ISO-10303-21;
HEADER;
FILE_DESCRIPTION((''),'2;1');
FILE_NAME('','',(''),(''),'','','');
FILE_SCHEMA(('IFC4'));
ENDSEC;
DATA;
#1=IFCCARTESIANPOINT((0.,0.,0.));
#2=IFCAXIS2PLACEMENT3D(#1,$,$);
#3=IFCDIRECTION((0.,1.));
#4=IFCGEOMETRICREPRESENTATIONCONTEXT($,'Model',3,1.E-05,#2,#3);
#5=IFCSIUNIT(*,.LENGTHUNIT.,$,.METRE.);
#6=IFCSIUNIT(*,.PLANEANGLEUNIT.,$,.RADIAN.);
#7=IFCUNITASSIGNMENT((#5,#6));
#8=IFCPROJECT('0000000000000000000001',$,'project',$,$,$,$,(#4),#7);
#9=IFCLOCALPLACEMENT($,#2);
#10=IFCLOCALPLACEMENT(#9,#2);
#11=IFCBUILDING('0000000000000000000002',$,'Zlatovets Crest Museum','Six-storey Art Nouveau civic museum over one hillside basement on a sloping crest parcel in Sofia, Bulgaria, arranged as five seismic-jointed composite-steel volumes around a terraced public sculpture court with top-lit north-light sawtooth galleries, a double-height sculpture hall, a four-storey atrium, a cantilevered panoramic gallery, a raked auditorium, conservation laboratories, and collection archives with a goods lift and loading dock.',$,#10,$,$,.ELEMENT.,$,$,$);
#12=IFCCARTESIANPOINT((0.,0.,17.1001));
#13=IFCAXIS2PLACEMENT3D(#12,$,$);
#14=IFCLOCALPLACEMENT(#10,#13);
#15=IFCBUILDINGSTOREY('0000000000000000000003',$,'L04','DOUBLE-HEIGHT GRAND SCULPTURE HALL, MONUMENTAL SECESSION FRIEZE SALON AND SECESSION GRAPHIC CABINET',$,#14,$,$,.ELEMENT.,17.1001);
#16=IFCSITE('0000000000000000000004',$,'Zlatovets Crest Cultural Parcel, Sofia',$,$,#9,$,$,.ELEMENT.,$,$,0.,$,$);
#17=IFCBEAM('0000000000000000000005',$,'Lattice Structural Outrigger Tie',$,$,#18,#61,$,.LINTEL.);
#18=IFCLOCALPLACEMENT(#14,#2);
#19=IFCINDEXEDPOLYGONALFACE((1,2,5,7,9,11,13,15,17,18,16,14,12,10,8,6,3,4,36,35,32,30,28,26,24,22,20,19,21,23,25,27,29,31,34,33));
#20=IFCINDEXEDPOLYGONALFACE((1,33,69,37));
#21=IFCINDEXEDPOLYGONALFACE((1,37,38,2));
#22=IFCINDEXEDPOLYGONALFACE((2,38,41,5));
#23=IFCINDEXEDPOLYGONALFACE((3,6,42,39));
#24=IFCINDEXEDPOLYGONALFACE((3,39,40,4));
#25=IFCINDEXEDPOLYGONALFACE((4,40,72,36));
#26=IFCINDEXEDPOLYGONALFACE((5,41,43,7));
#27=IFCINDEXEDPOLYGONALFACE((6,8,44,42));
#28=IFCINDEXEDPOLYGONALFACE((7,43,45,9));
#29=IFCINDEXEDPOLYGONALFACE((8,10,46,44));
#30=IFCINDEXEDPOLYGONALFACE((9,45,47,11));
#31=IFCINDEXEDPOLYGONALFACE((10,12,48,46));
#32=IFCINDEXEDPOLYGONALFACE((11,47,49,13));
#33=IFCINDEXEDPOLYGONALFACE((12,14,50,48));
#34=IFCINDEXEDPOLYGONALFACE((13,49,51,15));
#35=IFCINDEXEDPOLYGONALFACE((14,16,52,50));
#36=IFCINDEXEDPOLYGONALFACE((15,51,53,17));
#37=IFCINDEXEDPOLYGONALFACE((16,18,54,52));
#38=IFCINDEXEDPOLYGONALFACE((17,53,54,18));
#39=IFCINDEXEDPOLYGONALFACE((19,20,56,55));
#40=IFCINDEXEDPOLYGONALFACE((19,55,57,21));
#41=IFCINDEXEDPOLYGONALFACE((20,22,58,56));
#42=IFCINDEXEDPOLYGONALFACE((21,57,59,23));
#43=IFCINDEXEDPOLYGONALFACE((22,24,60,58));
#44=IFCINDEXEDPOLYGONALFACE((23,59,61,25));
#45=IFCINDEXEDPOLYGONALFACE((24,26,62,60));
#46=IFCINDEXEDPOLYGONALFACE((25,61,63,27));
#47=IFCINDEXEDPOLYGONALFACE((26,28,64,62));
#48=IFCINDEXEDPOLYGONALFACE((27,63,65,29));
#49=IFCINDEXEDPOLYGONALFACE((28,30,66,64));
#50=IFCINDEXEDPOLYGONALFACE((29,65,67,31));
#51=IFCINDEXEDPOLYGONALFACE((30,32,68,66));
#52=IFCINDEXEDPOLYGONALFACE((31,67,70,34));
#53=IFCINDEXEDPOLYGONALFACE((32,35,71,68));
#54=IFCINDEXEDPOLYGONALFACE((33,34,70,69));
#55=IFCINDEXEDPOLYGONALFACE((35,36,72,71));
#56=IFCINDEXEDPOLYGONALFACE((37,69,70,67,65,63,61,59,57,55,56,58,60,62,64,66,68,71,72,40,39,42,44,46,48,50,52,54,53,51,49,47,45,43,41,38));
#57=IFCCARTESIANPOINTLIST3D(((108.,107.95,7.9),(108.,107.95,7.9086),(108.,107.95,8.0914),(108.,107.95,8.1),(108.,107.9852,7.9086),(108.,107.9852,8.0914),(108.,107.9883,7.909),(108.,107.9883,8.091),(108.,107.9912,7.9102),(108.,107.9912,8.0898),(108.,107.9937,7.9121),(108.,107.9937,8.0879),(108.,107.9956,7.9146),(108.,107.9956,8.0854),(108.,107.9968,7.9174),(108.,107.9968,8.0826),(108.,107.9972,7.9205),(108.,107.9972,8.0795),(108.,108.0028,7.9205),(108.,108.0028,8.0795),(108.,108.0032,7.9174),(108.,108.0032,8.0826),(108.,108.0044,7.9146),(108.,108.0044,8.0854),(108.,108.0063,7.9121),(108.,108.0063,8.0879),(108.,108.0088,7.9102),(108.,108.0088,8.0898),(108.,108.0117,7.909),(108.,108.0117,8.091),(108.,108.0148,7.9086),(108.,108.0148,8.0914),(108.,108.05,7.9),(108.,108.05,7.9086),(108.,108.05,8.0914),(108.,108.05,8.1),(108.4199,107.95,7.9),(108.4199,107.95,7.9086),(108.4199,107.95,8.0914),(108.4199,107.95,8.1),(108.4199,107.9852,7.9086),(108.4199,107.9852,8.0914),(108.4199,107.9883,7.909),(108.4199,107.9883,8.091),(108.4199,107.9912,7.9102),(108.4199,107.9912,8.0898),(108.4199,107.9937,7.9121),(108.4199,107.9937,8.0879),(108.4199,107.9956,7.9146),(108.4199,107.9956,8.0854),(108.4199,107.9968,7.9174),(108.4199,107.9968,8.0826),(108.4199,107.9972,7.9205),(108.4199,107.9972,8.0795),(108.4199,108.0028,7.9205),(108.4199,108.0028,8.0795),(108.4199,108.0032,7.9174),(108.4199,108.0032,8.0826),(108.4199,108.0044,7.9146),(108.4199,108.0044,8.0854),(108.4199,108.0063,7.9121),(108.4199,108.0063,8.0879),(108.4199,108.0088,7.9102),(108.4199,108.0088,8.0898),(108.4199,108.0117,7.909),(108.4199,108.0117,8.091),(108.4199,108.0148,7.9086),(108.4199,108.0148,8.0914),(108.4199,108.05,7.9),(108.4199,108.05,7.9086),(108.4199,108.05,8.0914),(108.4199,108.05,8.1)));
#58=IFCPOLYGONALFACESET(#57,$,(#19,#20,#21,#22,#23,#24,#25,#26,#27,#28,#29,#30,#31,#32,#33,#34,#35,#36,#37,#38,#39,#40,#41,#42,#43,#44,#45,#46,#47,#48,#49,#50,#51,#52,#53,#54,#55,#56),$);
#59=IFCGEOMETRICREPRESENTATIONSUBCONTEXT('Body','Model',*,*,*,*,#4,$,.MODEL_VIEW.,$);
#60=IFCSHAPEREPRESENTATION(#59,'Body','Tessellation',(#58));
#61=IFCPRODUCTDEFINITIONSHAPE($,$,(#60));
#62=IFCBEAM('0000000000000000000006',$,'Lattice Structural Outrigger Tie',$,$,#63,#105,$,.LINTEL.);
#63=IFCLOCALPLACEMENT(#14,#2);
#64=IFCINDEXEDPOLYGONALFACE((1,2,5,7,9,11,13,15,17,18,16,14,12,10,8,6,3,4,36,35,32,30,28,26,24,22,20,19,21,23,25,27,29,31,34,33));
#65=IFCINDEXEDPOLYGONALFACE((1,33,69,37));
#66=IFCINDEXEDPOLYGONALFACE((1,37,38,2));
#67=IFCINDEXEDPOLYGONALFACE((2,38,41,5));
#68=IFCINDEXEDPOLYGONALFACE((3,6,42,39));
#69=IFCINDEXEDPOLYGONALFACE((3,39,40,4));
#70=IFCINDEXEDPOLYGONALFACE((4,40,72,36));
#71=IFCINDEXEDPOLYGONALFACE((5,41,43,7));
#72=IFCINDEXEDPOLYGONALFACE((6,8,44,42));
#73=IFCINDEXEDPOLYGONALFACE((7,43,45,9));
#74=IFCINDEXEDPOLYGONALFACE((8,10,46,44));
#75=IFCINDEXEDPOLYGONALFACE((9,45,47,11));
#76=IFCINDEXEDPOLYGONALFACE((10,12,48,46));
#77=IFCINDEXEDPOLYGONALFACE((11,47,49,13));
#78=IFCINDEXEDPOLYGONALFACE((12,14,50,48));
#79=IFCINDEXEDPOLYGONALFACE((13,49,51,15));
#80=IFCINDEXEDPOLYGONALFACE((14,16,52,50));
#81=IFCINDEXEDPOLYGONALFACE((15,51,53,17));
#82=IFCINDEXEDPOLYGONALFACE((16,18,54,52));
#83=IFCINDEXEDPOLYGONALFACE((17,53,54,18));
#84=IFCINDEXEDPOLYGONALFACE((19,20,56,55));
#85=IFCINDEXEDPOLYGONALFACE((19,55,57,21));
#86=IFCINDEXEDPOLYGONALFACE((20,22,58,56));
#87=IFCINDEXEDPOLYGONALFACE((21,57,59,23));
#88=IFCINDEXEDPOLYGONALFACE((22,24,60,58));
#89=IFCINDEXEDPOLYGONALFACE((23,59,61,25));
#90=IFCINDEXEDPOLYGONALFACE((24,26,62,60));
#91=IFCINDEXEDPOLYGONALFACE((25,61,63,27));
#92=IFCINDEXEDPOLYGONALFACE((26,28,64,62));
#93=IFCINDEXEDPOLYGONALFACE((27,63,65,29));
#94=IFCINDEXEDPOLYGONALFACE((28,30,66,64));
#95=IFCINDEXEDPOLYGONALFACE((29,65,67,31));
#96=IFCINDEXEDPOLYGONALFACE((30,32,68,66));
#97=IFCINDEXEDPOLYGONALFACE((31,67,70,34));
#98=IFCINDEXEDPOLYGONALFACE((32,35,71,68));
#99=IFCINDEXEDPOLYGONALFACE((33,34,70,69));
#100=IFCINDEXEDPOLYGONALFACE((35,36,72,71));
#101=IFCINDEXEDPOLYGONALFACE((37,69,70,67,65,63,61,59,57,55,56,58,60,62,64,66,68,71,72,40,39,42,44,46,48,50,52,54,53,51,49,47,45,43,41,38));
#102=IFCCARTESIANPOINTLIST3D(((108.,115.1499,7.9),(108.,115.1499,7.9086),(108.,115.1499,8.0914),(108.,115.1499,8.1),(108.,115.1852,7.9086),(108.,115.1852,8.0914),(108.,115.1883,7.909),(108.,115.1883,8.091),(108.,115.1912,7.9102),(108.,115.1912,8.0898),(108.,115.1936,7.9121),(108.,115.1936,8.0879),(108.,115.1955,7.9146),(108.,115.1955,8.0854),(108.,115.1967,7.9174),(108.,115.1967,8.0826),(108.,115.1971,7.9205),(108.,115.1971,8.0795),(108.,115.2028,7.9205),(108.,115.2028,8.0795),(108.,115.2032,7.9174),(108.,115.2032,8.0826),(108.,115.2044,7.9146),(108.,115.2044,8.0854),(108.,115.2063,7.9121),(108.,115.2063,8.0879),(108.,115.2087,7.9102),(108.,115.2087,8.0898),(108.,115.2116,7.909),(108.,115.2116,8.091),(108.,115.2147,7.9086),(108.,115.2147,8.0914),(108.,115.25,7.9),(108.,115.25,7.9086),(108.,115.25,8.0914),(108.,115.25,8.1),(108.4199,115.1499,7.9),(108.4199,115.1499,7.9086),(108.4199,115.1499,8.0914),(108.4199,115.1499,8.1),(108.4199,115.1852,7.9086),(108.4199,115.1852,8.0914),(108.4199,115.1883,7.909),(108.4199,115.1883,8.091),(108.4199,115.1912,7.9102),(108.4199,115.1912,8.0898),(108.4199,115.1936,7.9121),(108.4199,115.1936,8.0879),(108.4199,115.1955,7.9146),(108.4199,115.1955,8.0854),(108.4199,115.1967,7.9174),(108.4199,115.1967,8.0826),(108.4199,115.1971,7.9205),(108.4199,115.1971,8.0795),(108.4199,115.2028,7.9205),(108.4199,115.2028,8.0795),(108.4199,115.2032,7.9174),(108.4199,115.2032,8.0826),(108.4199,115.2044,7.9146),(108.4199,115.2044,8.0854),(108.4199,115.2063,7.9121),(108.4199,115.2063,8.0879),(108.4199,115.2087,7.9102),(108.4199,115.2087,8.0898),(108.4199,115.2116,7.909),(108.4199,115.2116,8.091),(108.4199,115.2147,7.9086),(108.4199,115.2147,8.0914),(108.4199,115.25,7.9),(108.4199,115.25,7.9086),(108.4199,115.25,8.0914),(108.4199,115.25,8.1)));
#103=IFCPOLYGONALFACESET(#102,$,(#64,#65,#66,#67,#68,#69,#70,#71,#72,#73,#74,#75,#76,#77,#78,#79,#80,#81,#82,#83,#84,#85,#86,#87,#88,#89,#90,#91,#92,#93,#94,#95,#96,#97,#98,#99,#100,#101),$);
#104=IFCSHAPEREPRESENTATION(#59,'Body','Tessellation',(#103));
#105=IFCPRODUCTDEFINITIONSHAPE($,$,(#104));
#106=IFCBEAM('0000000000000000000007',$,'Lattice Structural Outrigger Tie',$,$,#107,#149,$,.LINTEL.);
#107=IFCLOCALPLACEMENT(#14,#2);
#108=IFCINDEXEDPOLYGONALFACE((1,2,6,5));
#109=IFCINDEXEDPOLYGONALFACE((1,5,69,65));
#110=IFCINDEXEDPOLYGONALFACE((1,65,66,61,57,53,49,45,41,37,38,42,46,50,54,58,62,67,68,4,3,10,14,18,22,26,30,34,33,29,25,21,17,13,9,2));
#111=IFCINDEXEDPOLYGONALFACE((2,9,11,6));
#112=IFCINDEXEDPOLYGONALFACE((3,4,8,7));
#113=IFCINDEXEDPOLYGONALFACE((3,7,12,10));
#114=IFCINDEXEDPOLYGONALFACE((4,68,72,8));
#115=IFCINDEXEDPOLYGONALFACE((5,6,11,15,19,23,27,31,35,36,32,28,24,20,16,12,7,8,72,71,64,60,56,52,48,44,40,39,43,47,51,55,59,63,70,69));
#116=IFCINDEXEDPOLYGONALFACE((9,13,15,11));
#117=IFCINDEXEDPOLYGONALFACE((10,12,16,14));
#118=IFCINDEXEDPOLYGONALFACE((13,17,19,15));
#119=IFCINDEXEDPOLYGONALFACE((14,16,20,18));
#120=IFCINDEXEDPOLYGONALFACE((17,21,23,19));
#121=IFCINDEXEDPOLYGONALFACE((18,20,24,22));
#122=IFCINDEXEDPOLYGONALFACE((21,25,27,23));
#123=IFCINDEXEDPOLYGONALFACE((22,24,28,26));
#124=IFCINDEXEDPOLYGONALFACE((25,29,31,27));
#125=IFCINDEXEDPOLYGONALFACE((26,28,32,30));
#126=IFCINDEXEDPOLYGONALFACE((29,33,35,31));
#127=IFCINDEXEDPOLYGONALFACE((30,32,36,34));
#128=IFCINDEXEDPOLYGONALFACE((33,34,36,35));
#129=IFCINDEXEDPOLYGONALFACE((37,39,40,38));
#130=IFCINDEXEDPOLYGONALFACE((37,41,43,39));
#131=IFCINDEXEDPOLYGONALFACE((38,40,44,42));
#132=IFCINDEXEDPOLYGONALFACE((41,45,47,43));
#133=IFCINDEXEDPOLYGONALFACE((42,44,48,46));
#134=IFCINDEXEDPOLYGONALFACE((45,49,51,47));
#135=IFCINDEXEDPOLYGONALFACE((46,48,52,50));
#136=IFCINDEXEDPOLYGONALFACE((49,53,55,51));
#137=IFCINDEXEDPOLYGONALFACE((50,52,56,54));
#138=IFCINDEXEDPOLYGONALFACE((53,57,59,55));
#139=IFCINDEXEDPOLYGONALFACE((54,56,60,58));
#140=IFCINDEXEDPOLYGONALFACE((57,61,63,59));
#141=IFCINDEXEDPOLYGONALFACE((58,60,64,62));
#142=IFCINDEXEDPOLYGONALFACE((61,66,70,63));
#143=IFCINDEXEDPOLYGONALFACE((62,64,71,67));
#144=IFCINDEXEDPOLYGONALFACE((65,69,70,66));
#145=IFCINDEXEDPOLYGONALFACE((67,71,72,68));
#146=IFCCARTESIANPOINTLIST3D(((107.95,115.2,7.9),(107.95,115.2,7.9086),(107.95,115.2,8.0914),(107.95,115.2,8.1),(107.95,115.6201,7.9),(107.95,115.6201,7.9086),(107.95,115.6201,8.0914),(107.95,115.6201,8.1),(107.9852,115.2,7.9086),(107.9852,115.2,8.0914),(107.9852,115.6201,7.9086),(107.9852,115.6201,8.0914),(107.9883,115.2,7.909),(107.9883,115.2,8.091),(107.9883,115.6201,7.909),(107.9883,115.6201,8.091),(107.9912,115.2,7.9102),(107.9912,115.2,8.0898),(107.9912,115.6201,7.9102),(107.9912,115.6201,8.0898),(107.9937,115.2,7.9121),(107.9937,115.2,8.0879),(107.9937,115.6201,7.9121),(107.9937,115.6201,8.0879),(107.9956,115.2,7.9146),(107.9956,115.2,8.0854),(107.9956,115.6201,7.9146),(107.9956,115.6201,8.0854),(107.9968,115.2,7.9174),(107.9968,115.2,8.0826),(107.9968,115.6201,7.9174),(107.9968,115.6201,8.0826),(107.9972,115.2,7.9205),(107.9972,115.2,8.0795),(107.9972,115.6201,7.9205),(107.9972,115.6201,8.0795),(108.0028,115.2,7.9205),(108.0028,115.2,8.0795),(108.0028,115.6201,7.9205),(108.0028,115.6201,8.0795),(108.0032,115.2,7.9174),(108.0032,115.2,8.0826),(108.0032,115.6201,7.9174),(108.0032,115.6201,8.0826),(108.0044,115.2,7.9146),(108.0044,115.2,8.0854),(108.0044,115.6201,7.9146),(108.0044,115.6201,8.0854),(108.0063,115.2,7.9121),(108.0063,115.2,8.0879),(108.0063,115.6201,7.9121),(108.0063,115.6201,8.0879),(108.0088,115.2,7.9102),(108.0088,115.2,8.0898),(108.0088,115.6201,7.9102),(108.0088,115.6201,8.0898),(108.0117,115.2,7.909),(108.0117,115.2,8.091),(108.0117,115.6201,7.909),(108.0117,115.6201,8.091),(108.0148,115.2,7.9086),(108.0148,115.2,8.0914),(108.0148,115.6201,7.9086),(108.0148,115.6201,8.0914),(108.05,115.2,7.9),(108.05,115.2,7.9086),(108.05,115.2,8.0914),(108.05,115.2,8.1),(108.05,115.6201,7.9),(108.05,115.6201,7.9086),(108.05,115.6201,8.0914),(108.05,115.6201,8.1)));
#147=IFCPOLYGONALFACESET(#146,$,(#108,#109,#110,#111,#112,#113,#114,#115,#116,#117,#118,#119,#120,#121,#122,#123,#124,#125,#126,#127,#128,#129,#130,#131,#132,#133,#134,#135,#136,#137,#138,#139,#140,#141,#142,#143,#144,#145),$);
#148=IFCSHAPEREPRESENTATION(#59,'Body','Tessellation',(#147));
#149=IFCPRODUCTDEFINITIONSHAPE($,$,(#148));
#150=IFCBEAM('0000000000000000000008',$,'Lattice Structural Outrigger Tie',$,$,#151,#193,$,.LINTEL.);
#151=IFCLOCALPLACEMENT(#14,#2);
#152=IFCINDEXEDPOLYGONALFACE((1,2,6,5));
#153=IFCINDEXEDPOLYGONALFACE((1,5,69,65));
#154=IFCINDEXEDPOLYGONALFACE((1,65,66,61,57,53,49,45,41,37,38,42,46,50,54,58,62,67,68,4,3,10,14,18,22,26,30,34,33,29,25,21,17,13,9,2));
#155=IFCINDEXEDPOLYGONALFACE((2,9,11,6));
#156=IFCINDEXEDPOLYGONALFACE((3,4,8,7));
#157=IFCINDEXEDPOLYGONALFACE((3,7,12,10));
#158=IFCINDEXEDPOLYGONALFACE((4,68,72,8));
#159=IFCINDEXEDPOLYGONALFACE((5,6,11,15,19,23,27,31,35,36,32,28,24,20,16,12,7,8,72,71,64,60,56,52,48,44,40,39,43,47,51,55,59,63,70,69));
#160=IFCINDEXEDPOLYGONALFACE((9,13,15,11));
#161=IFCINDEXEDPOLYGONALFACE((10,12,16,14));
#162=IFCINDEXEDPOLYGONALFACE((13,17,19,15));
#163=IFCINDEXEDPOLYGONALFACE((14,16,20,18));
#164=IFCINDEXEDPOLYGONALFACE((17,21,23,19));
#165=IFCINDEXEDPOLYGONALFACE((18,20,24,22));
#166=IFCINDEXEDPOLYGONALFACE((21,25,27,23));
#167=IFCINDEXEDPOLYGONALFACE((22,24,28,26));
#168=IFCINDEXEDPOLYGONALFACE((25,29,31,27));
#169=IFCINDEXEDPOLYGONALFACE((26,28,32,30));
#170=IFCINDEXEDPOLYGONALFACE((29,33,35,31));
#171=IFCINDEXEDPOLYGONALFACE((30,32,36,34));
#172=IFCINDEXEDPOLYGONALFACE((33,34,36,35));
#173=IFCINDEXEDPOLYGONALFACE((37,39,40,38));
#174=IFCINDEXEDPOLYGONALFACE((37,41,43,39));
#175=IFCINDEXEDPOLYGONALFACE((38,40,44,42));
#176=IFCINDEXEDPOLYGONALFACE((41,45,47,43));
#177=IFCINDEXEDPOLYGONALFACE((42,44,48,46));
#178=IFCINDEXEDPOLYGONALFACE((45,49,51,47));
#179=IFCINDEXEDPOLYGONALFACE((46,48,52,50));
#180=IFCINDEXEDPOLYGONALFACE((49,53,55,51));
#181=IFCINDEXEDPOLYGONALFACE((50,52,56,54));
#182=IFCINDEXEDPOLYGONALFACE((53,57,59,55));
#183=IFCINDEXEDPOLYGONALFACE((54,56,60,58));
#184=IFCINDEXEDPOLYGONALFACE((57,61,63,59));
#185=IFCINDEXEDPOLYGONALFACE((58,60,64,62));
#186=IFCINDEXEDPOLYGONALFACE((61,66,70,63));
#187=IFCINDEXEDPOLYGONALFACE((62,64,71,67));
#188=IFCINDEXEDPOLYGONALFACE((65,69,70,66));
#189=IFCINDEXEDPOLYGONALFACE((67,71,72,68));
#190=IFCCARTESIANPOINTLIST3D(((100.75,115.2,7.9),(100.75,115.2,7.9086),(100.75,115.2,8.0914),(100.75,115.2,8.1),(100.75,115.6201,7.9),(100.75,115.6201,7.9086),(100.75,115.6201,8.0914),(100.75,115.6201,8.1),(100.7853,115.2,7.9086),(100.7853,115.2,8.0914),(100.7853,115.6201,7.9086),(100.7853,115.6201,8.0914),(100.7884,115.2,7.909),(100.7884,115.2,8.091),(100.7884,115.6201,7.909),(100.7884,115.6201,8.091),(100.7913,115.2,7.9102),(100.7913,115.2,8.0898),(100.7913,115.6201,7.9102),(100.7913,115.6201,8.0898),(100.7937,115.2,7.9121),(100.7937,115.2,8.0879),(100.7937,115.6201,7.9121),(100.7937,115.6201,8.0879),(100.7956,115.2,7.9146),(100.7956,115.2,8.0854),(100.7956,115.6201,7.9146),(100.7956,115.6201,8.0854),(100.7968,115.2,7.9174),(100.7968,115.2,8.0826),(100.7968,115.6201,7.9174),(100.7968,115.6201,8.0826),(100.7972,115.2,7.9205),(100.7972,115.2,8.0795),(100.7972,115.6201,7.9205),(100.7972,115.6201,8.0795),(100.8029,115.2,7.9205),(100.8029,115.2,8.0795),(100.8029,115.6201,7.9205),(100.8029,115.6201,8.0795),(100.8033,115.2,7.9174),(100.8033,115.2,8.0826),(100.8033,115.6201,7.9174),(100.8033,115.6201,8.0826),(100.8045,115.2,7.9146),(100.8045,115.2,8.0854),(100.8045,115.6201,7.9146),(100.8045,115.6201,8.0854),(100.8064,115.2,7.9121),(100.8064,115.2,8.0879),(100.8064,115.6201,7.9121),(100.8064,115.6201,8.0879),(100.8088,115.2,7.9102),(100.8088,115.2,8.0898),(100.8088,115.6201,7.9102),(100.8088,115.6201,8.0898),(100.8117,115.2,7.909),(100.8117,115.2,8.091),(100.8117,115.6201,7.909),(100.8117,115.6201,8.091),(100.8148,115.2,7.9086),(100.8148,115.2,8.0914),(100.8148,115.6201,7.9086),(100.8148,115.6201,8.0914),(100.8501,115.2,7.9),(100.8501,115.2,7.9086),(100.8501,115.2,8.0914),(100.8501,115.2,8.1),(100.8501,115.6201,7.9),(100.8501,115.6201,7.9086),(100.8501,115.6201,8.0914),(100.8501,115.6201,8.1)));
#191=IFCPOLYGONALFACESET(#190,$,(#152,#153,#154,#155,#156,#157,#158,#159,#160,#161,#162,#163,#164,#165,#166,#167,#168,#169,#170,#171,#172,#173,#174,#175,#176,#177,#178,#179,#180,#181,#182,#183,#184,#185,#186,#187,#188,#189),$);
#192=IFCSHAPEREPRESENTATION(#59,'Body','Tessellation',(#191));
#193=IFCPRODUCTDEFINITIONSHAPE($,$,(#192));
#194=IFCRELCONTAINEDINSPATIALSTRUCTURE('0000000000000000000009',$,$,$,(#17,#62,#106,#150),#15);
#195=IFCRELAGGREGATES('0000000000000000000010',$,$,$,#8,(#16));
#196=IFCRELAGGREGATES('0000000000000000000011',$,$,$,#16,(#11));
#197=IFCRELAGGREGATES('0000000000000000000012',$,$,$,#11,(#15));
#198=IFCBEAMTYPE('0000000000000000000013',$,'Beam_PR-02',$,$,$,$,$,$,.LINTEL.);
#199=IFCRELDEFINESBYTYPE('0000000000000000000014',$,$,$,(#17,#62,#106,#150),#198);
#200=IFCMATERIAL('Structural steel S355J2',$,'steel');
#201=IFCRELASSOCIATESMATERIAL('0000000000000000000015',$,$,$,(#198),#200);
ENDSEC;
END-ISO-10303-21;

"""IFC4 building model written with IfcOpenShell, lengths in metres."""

from ifc_helpers import new_model, si_unit, direction, frame, origin, origin_2d, place, context, subcontext, project, spatial, i_section, extrude, material, material_profile, profile_set, type_object, element, save


model = new_model("IFC4")

# Units and contexts
model_context = context("Model", 3, precision=1e-05, world=origin(), true_north=direction((0.0, 1.0)))
body_context = subcontext(model_context, "Body", "Model", "MODEL_VIEW")
ifc_project = project(units=[si_unit("LENGTHUNIT", "METRE"), si_unit("PLANEANGLEUNIT", "RADIAN")], contexts=[model_context])

# Site, building, storey
site_placement = place(None, origin())
site = spatial("IfcSite", under=ifc_project, at=site_placement, Name="Zlatovets Crest Cultural Parcel, Sofia", CompositionType="ELEMENT", RefElevation=0.0)
building_placement = place(site_placement, origin())
building = spatial("IfcBuilding", under=site, at=building_placement, Name="Zlatovets Crest Museum", Description="Six-storey Art Nouveau civic museum over one hillside basement on a sloping crest parcel in Sofia, Bulgaria, arranged as five seismic-jointed composite-steel volumes around a terraced public sculpture court with top-lit north-light sawtooth galleries, a double-height sculpture hall, a four-storey atrium, a cantilevered panoramic gallery, a raked auditorium, conservation laboratories, and collection archives with a goods lift and loading dock.", CompositionType="ELEMENT")
storey_placement = place(building_placement, frame((0.0, 0.0, 17.1001)))
storey = spatial("IfcBuildingStorey", under=building, at=storey_placement, Name="L04", Description="DOUBLE-HEIGHT GRAND SCULPTURE HALL, MONUMENTAL SECESSION FRIEZE SALON AND SECESSION GRAPHIC CABINET", CompositionType="ELEMENT", Elevation=17.1001)

# Beams
ifc_material_1 = material(Name="Structural steel S355J2", Category="steel")
ifc_material_profile_1 = material_profile(ifc_material_1, i_section(OverallWidth=0.1001, OverallDepth=0.2, WebThickness=0.0056, FlangeThickness=0.0085, FilletRadius=0.012, at=origin_2d()), Name="IPE 200")
ifc_profile_set_1 = profile_set([ifc_material_profile_1], Name="Structural steel S355J2")
beam_type = type_object("IfcBeamType", Name="Beam_PR-02", PredefinedType="LINTEL", material=ifc_profile_set_1)
for number, where, z_axis, x_axis, name in (
    (1, (108.0, 108.0, 8.0), (1.0, 0.0, 0.0), (0.0, 1.0, 0.0), "Lattice Structural Outrigger Tie"),
    (2, (108.0, 115.2, 8.0), (1.0, 0.0, 0.0), (0.0, 1.0, 0.0), "Lattice Structural Outrigger Tie"),
):
    element("IfcBeam", number, at=place(storey_placement, frame(where, z_axis=z_axis, x_axis=x_axis)), inside=storey, type_object=beam_type, Name=name, PredefinedType="LINTEL", context=body_context, shape_type="SweptSolid", body=[
        extrude(i_section(OverallWidth=0.1001, OverallDepth=0.2, WebThickness=0.0056, FlangeThickness=0.0085, FilletRadius=0.012, at=origin_2d()), origin(), (0.0, 0.0, 1.0), 0.4199),
    ])
for number, where, z_axis, x_axis, name in (
    (3, (108.0, 115.2, 8.0), (0.0, 1.0, 0.0), (-1.0, 0.0, 0.0), "Lattice Structural Outrigger Tie"),
    (4, (100.8, 115.2, 8.0), (0.0, 1.0, 0.0), (-1.0, 0.0, 0.0), "Lattice Structural Outrigger Tie"),
):
    element("IfcBeam", number, at=place(storey_placement, frame(where, z_axis=z_axis, x_axis=x_axis)), inside=storey, type_object=beam_type, Name=name, PredefinedType="LINTEL", context=body_context, shape_type="SweptSolid", body=[
        extrude(i_section(OverallWidth=0.1001, OverallDepth=0.2, WebThickness=0.0056, FlangeThickness=0.0085, FilletRadius=0.012, at=origin_2d()), origin(), (0.0, 0.0, 1.0), 0.4202),
    ])

save(model, "model.ifc")
